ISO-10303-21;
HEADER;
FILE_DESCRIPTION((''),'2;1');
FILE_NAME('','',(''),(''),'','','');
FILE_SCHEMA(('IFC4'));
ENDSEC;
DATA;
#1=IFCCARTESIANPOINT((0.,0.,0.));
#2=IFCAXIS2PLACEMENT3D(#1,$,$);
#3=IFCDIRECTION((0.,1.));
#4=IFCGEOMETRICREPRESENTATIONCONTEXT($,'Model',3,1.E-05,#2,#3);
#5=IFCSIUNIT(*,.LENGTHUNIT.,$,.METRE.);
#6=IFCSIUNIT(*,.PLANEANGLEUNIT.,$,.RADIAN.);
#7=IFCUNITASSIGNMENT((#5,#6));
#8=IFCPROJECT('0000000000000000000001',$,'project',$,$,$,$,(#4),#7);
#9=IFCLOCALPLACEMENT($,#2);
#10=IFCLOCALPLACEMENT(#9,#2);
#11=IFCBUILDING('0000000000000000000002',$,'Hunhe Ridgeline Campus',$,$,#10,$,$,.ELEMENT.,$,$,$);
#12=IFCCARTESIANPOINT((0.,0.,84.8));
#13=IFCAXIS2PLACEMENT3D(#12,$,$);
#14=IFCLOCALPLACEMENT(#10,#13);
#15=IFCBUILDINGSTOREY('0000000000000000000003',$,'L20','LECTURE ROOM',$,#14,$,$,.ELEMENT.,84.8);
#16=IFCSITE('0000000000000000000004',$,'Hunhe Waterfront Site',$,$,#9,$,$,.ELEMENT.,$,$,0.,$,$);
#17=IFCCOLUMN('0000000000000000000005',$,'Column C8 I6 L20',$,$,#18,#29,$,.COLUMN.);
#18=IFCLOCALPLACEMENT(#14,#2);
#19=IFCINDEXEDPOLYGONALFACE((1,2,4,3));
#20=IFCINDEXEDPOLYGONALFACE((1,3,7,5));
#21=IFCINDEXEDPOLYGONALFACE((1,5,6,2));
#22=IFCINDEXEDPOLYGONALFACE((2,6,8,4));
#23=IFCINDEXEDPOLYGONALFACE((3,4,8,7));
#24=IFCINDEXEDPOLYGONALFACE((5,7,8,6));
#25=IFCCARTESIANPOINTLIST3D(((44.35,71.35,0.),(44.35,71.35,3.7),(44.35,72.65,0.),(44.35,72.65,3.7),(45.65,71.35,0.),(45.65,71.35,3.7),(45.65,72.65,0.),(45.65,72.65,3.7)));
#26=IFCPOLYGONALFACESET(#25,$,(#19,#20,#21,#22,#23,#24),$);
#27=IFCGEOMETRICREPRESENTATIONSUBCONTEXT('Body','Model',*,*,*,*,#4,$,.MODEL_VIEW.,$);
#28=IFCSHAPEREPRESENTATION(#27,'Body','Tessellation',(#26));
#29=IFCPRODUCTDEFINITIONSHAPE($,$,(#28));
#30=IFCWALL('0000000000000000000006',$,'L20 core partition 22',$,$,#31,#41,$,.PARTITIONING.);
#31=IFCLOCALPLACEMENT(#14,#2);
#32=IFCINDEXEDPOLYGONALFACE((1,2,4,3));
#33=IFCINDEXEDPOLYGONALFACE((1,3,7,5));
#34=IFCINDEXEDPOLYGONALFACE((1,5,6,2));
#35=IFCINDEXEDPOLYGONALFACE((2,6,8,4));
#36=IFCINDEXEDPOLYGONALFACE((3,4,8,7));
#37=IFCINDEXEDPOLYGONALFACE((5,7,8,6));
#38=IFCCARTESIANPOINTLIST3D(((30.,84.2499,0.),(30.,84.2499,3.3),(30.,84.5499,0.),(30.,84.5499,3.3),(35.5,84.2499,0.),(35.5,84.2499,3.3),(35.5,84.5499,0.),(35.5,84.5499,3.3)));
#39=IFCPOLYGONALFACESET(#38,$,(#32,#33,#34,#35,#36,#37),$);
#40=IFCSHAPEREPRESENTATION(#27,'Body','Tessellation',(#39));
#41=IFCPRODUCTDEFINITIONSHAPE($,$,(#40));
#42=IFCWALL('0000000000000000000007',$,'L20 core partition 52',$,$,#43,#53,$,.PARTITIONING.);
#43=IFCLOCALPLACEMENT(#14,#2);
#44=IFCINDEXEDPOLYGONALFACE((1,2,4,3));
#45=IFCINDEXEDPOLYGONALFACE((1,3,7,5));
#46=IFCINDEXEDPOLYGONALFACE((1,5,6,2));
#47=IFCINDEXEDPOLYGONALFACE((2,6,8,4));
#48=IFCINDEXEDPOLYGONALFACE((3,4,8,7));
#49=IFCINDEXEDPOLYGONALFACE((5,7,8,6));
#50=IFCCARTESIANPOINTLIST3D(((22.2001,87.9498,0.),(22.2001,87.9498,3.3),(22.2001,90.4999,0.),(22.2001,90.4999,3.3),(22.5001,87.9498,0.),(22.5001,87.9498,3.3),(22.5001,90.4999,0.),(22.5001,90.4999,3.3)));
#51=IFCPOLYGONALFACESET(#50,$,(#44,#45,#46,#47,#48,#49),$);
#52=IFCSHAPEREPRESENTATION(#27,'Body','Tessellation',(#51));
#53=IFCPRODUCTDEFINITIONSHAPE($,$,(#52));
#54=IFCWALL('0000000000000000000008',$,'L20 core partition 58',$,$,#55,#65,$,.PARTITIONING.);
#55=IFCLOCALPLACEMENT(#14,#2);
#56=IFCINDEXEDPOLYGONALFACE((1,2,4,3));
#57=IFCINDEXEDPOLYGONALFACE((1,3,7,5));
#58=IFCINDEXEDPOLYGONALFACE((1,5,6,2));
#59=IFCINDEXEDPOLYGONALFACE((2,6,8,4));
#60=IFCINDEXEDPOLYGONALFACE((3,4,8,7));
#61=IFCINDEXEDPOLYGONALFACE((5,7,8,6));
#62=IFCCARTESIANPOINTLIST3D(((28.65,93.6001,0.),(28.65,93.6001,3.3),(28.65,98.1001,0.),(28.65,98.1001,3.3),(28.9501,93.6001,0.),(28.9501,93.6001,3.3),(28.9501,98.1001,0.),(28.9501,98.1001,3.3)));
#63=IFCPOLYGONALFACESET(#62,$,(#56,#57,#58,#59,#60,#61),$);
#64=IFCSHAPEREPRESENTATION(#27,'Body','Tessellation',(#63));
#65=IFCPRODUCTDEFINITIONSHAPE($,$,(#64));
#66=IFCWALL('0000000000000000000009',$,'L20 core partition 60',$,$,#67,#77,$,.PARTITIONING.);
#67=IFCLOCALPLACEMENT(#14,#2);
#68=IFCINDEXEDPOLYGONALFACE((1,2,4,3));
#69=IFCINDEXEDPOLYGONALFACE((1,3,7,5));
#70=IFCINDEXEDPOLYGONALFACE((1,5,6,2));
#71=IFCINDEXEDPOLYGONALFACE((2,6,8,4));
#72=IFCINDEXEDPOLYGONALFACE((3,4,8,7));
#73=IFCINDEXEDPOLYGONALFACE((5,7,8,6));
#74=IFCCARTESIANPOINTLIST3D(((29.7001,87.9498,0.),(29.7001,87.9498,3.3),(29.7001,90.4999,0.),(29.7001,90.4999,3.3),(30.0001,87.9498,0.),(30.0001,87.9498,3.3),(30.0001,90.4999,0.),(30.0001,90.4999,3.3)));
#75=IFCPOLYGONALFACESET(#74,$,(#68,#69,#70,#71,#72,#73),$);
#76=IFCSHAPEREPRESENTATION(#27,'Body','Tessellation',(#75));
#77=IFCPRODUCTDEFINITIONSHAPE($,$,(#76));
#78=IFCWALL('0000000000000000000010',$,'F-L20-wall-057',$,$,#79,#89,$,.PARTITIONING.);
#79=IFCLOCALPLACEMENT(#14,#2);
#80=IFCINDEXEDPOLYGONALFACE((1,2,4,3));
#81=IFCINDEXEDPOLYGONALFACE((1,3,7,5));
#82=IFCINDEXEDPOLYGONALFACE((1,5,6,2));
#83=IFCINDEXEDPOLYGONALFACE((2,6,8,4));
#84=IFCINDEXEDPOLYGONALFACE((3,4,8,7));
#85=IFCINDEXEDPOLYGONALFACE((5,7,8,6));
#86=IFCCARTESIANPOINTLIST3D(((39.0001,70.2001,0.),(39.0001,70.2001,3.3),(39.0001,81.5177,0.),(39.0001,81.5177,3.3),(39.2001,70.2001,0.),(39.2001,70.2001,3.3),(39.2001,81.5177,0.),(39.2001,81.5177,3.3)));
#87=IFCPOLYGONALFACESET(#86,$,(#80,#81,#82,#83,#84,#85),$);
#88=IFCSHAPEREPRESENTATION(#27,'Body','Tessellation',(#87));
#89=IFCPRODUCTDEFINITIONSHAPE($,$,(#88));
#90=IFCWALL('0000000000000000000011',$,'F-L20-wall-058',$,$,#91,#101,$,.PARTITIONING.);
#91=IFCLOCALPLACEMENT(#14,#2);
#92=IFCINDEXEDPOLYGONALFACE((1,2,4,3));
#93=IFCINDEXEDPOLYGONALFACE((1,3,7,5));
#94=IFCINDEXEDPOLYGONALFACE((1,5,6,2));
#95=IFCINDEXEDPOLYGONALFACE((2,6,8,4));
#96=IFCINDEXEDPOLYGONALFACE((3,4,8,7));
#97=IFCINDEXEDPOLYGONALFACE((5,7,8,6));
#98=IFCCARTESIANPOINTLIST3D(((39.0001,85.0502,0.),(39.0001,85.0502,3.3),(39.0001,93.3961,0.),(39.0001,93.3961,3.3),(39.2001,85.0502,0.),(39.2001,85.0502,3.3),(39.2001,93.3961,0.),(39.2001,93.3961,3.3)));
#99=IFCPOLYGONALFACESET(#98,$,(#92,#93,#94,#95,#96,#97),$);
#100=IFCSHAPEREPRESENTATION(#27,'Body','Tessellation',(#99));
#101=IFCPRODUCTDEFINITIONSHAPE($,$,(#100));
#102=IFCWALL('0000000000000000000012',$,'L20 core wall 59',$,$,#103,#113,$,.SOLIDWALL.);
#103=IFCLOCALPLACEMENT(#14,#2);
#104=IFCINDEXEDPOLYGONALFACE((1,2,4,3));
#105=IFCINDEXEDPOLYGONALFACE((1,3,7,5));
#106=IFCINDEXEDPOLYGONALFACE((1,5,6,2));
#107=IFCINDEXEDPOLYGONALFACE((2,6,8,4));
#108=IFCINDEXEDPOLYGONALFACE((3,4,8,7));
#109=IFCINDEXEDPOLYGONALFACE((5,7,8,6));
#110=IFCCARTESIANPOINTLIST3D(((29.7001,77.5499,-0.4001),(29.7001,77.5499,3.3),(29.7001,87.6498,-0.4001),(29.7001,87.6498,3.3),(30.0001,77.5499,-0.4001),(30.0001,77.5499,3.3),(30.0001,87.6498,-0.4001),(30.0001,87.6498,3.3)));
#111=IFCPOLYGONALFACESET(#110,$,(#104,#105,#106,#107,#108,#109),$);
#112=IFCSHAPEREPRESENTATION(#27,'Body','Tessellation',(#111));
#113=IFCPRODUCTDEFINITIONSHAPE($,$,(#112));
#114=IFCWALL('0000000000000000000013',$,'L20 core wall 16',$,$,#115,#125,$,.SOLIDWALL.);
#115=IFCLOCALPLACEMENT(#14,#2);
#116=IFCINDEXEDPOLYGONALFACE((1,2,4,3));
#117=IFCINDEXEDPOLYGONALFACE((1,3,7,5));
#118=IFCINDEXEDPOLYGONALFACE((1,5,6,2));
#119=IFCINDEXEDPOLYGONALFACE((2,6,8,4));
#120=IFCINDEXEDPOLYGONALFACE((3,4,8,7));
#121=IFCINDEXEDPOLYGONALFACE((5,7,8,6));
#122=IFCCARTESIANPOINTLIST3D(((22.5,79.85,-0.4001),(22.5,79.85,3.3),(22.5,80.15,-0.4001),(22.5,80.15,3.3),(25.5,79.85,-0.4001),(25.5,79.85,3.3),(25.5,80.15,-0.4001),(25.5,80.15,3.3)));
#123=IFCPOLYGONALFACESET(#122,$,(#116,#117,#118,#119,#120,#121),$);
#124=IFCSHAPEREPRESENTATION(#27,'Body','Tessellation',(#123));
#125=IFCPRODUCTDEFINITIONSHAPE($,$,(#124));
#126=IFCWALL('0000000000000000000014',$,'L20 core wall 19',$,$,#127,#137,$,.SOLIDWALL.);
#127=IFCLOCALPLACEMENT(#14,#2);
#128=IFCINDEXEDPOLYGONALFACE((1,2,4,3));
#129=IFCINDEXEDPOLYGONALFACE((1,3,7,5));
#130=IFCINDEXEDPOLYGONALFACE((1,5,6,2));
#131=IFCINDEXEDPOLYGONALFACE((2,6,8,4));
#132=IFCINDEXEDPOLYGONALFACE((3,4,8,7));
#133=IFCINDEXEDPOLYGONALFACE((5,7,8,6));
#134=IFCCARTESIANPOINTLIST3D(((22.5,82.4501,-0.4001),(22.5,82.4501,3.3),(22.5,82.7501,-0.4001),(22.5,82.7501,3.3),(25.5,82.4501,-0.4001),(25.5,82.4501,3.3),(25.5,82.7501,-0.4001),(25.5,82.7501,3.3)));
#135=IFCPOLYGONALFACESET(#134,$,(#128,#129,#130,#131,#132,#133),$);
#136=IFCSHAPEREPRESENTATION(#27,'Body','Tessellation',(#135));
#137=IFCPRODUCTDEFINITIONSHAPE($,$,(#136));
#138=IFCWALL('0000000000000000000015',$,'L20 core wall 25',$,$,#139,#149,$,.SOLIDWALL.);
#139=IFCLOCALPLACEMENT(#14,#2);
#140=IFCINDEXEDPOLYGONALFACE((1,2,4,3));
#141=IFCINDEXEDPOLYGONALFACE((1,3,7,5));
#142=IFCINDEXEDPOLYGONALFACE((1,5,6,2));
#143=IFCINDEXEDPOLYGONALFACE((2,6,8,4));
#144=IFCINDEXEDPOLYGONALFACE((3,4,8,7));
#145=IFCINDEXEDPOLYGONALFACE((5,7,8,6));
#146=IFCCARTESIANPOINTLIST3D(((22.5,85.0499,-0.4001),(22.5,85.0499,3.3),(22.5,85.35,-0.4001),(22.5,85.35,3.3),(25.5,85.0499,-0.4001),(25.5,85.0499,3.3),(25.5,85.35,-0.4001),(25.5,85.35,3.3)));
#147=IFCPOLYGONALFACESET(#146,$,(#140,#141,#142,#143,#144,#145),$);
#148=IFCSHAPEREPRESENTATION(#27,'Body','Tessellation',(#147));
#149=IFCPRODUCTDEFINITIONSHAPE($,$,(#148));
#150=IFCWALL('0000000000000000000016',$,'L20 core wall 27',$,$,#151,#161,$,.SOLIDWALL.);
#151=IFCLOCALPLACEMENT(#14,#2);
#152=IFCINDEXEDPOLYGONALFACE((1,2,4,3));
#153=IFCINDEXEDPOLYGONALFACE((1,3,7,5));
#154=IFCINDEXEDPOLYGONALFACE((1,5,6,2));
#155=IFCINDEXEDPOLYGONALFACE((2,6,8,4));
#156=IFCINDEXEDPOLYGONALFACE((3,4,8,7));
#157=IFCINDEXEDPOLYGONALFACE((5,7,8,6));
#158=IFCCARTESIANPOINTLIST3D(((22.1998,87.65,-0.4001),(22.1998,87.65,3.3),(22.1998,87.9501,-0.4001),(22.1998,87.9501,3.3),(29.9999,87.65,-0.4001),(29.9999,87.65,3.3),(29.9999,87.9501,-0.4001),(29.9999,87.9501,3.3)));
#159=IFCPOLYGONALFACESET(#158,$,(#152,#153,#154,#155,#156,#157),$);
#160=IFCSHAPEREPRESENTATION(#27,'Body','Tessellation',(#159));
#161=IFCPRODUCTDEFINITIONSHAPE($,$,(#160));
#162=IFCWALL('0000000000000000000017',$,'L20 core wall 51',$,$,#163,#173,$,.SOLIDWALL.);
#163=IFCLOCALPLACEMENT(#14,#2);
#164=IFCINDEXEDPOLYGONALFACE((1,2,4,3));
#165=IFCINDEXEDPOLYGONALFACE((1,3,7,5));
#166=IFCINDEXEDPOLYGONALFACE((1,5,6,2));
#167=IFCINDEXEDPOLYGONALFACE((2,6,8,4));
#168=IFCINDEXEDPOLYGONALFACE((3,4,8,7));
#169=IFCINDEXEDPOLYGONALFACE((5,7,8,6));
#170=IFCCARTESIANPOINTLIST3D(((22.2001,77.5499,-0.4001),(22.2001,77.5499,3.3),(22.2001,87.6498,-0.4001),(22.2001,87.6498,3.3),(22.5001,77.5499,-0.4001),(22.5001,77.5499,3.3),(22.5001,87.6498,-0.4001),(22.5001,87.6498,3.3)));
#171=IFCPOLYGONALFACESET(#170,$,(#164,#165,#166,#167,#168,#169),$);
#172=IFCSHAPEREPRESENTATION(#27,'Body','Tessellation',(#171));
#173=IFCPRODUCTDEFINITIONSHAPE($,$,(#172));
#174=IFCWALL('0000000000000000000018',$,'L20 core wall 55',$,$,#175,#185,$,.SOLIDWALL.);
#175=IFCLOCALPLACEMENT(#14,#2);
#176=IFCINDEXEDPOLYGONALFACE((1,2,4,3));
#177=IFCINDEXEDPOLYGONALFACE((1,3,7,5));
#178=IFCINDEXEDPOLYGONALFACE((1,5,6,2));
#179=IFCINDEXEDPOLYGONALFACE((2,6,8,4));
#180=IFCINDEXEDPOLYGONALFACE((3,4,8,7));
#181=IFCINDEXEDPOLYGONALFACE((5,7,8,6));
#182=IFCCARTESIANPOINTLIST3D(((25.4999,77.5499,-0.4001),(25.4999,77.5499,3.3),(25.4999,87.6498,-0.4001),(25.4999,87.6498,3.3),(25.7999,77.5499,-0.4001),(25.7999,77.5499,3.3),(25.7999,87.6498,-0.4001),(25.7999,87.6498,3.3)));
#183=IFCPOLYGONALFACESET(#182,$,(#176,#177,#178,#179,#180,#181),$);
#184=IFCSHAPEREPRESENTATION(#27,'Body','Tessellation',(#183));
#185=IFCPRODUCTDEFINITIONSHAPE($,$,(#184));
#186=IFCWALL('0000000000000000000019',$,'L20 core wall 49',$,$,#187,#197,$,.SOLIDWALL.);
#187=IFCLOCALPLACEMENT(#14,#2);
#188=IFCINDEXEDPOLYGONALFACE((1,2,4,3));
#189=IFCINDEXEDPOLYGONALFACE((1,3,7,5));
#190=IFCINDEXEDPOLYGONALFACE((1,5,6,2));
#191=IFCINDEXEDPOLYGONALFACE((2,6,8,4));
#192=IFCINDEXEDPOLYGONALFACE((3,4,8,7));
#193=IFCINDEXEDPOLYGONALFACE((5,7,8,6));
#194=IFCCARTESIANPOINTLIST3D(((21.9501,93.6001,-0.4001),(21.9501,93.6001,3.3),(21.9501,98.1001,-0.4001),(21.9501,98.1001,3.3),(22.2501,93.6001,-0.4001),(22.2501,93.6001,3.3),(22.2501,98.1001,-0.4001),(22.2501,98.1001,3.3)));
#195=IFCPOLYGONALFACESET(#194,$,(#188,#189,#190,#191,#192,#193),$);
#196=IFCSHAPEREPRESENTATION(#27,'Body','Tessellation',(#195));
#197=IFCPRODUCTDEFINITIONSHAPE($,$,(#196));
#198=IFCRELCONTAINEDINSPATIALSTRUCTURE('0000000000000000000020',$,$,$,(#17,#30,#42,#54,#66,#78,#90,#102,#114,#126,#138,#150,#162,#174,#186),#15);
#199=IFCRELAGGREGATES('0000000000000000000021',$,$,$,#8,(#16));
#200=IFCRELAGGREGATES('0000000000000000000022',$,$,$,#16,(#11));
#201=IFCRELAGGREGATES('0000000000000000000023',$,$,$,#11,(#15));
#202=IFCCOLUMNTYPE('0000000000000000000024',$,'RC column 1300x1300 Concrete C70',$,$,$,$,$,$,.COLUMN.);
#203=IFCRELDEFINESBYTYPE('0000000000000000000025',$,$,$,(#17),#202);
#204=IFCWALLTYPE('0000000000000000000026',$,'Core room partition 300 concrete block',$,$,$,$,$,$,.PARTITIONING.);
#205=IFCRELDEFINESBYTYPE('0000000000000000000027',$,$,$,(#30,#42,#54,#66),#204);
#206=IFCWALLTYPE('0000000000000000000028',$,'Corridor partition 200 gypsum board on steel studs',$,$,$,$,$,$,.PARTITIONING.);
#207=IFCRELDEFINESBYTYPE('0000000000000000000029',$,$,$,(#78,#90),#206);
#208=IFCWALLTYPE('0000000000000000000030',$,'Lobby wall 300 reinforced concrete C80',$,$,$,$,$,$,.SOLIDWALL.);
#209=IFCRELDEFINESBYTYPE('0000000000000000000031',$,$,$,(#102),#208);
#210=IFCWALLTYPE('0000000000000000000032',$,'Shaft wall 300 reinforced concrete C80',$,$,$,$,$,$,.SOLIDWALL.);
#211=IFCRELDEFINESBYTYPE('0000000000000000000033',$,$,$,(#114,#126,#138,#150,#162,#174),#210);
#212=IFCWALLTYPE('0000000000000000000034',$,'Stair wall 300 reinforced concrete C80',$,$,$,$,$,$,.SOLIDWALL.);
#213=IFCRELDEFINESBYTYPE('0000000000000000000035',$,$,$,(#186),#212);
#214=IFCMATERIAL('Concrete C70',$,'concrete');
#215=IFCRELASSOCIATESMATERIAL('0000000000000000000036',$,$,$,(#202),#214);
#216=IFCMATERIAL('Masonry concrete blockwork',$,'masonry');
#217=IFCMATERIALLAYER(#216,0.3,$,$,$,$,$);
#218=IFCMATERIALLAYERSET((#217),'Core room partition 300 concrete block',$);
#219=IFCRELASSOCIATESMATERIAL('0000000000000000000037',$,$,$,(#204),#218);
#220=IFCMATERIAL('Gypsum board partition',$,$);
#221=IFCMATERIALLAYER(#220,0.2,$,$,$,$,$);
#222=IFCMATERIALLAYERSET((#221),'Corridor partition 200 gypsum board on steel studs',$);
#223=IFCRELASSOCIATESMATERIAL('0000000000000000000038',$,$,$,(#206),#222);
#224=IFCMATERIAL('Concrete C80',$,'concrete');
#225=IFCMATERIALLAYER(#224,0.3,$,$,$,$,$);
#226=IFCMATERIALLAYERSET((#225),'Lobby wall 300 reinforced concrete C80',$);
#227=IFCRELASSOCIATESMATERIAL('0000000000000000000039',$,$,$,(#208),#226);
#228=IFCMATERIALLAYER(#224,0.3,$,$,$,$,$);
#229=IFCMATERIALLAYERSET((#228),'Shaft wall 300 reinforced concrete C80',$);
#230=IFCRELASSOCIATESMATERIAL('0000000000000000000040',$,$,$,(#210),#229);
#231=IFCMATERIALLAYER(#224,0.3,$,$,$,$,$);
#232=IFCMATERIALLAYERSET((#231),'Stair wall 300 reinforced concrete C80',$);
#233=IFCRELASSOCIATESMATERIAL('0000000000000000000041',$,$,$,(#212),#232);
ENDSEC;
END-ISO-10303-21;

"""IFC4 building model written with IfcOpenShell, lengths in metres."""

from ifc_helpers import new_model, si_unit, direction, frame, frame_2d, origin, origin_2d, place, context, subcontext, project, spatial, rectangle, extrude, material, layer, layer_set, material_profile, profile_set, type_object, element, save


model = new_model("IFC4")

# Units and contexts
model_context = context("Model", 3, precision=1e-05, world=origin(), true_north=direction((0.0, 1.0)))
body_context = subcontext(model_context, "Body", "Model", "MODEL_VIEW")
ifc_project = project(units=[si_unit("LENGTHUNIT", "METRE"), si_unit("PLANEANGLEUNIT", "RADIAN")], contexts=[model_context])

# Site, building, storey
site_placement = place(None, origin())
site = spatial("IfcSite", under=ifc_project, at=site_placement, Name="Hunhe Waterfront Site", CompositionType="ELEMENT", RefElevation=0.0)
building_placement = place(site_placement, origin())
building = spatial("IfcBuilding", under=site, at=building_placement, Name="Hunhe Ridgeline Campus", CompositionType="ELEMENT")
storey_placement = place(building_placement, frame((0.0, 0.0, 84.8)))
storey = spatial("IfcBuildingStorey", under=building, at=storey_placement, Name="L20", Description="LECTURE ROOM", CompositionType="ELEMENT", Elevation=84.8)

# Column
ifc_material_1 = material(Name="Concrete C70", Category="concrete")
ifc_material_profile = material_profile(ifc_material_1, rectangle(XDim=1.3, YDim=1.3, at=origin_2d()))
ifc_profile_set = profile_set([ifc_material_profile], Name="Concrete C70")
column_type = type_object("IfcColumnType", Name="RC column 1300x1300 Concrete C70", PredefinedType="COLUMN", material=ifc_profile_set)
column_placement = place(storey_placement, frame((45.0, 72.0, 0.0), z_axis=(0.0, 0.0, 1.0), x_axis=(1.0, 0.0, 0.0)))
element("IfcColumn", 1, at=column_placement, inside=storey, type_object=column_type, Name="Column C8 I6 L20", PredefinedType="COLUMN", context=body_context, shape_type="SweptSolid", body=[
    extrude(rectangle(XDim=1.3, YDim=1.3, at=origin_2d()), origin(), (0.0, 0.0, 1.0), 3.7),
])

# Shared definitions
ifc_material_2 = material(Name="Masonry concrete blockwork", Category="masonry")
ifc_layer_1 = layer(ifc_material_2, 0.3)
ifc_layer_set_1 = layer_set([ifc_layer_1], Name="Core room partition 300 concrete block")
wall_type_1 = type_object("IfcWallType", Name="Core room partition 300 concrete block", PredefinedType="PARTITIONING", material=ifc_layer_set_1)

# Walls
wall_1_placement = place(storey_placement, frame((30.0, 84.3999, 0.0), z_axis=(0.0, 0.0, 1.0), x_axis=(1.0, 0.0, 0.0)))
element("IfcWall", 2, at=wall_1_placement, inside=storey, type_object=wall_type_1, Name="L20 core partition 22", PredefinedType="PARTITIONING", context=body_context, shape_type="SweptSolid", body=[
    extrude(rectangle(XDim=5.5, YDim=0.3, at=frame_2d((2.75, 0.0))), origin(), (0.0, 0.0, 1.0), 3.3),
])
wall_2_placement = place(storey_placement, frame((22.3501, 87.95, 0.0), z_axis=(0.0, 0.0, 1.0), x_axis=(0.0, 1.0, 0.0)))
element("IfcWall", 3, at=wall_2_placement, inside=storey, type_object=wall_type_1, Name="L20 core partition 52", PredefinedType="PARTITIONING", context=body_context, shape_type="SweptSolid", body=[
    extrude(rectangle(XDim=2.55, YDim=0.3, at=frame_2d((1.2749, 0.0))), origin(), (0.0, 0.0, 1.0), 3.3),
])
wall_3_placement = place(storey_placement, frame((28.8, 93.6001, 0.0), z_axis=(0.0, 0.0, 1.0), x_axis=(0.0, 1.0, 0.0)))
element("IfcWall", 4, at=wall_3_placement, inside=storey, type_object=wall_type_1, Name="L20 core partition 58", PredefinedType="PARTITIONING", context=body_context, shape_type="SweptSolid", body=[
    extrude(rectangle(XDim=4.5, YDim=0.3, at=frame_2d((2.25, 0.0))), origin(), (0.0, 0.0, 1.0), 3.3),
])
wall_4_placement = place(storey_placement, frame((29.8501, 87.95, 0.0), z_axis=(0.0, 0.0, 1.0), x_axis=(0.0, 1.0, 0.0)))
element("IfcWall", 5, at=wall_4_placement, inside=storey, type_object=wall_type_1, Name="L20 core partition 60", PredefinedType="PARTITIONING", context=body_context, shape_type="SweptSolid", body=[
    extrude(rectangle(XDim=2.55, YDim=0.3, at=frame_2d((1.2749, 0.0))), origin(), (0.0, 0.0, 1.0), 3.3),
])

# Shared definitions
ifc_material_3 = material(Name="Gypsum board partition")
ifc_layer_2 = layer(ifc_material_3, 0.2)
ifc_layer_set_2 = layer_set([ifc_layer_2], Name="Corridor partition 200 gypsum board on steel studs")
wall_type_2 = type_object("IfcWallType", Name="Corridor partition 200 gypsum board on steel studs", PredefinedType="PARTITIONING", material=ifc_layer_set_2)

# Walls
wall_5_placement = place(storey_placement, frame((39.1001, 81.5176, 0.0), z_axis=(0.0, 0.0, 1.0), x_axis=(0.0, -1.0, 0.0)))
element("IfcWall", 6, at=wall_5_placement, inside=storey, type_object=wall_type_2, Name="F-L20-wall-057", PredefinedType="PARTITIONING", context=body_context, shape_type="SweptSolid", body=[
    extrude(rectangle(XDim=11.3176, YDim=0.2, at=frame_2d((5.6587, 0.0))), origin(), (0.0, 0.0, 1.0), 3.3),
])
wall_6_placement = place(storey_placement, frame((39.1001, 93.396, 0.0), z_axis=(0.0, 0.0, 1.0), x_axis=(0.0, -1.0, 0.0)))
element("IfcWall", 7, at=wall_6_placement, inside=storey, type_object=wall_type_2, Name="F-L20-wall-058", PredefinedType="PARTITIONING", context=body_context, shape_type="SweptSolid", body=[
    extrude(rectangle(XDim=8.3459, YDim=0.2, at=frame_2d((4.1729, 0.0))), origin(), (0.0, 0.0, 1.0), 3.3),
])
ifc_material_4 = material(Name="Concrete C80", Category="concrete")
ifc_layer_3 = layer(ifc_material_4, 0.3)
ifc_layer_set_3 = layer_set([ifc_layer_3], Name="Lobby wall 300 reinforced concrete C80")
wall_type_3 = type_object("IfcWallType", Name="Lobby wall 300 reinforced concrete C80", PredefinedType="SOLIDWALL", material=ifc_layer_set_3)
wall_7_placement = place(storey_placement, frame((29.8501, 77.55, -0.4001), z_axis=(0.0, 0.0, 1.0), x_axis=(0.0, 1.0, 0.0)))
element("IfcWall", 8, at=wall_7_placement, inside=storey, type_object=wall_type_3, Name="L20 core wall 59", PredefinedType="SOLIDWALL", context=body_context, shape_type="SweptSolid", body=[
    extrude(rectangle(XDim=10.0999, YDim=0.3, at=frame_2d((5.0498, 0.0))), origin(), (0.0, 0.0, 1.0), 3.7002),
])
ifc_layer_4 = layer(ifc_material_4, 0.3)
ifc_layer_set_4 = layer_set([ifc_layer_4], Name="Shaft wall 300 reinforced concrete C80")
wall_type_4 = type_object("IfcWallType", Name="Shaft wall 300 reinforced concrete C80", PredefinedType="SOLIDWALL", material=ifc_layer_set_4)
for number, where, z_axis, x_axis, name in (
    (9, (22.5, 80.0, -0.4001), (0.0, 0.0, 1.0), (1.0, 0.0, 0.0), "L20 core wall 16"),
    (10, (22.5, 82.6001, -0.4001), (0.0, 0.0, 1.0), (1.0, 0.0, 0.0), "L20 core wall 19"),
    (11, (22.5, 85.2, -0.4001), (0.0, 0.0, 1.0), (1.0, 0.0, 0.0), "L20 core wall 25"),
):
    element("IfcWall", number, at=place(storey_placement, frame(where, z_axis=z_axis, x_axis=x_axis)), inside=storey, type_object=wall_type_4, Name=name, PredefinedType="SOLIDWALL", context=body_context, shape_type="SweptSolid", body=[
        extrude(rectangle(XDim=3.0, YDim=0.3, at=frame_2d((1.5, 0.0))), origin(), (0.0, 0.0, 1.0), 3.7002),
    ])
wall_8_placement = place(storey_placement, frame((22.2, 87.8, -0.4001), z_axis=(0.0, 0.0, 1.0), x_axis=(1.0, 0.0, 0.0)))
element("IfcWall", 12, at=wall_8_placement, inside=storey, type_object=wall_type_4, Name="L20 core wall 27", PredefinedType="SOLIDWALL", context=body_context, shape_type="SweptSolid", body=[
    extrude(rectangle(XDim=7.8, YDim=0.3, at=frame_2d((3.8999, 0.0))), origin(), (0.0, 0.0, 1.0), 3.7002),
])
for number, where, z_axis, x_axis, name in (
    (13, (22.3501, 77.55, -0.4001), (0.0, 0.0, 1.0), (0.0, 1.0, 0.0), "L20 core wall 51"),
    (14, (25.6499, 77.55, -0.4001), (0.0, 0.0, 1.0), (0.0, 1.0, 0.0), "L20 core wall 55"),
):
    element("IfcWall", number, at=place(storey_placement, frame(where, z_axis=z_axis, x_axis=x_axis)), inside=storey, type_object=wall_type_4, Name=name, PredefinedType="SOLIDWALL", context=body_context, shape_type="SweptSolid", body=[
        extrude(rectangle(XDim=10.0999, YDim=0.3, at=frame_2d((5.0498, 0.0))), origin(), (0.0, 0.0, 1.0), 3.7002),
    ])

# Shared definitions
ifc_layer_5 = layer(ifc_material_4, 0.3)
ifc_layer_set_5 = layer_set([ifc_layer_5], Name="Stair wall 300 reinforced concrete C80")
wall_type_5 = type_object("IfcWallType", Name="Stair wall 300 reinforced concrete C80", PredefinedType="SOLIDWALL", material=ifc_layer_set_5)

# Wall
wall_9_placement = place(storey_placement, frame((22.1001, 93.6001, -0.4001), z_axis=(0.0, 0.0, 1.0), x_axis=(0.0, 1.0, 0.0)))
element("IfcWall", 15, at=wall_9_placement, inside=storey, type_object=wall_type_5, Name="L20 core wall 49", PredefinedType="SOLIDWALL", context=body_context, shape_type="SweptSolid", body=[
    extrude(rectangle(XDim=4.5, YDim=0.3, at=frame_2d((2.25, 0.0))), origin(), (0.0, 0.0, 1.0), 3.7002),
])

save(model, "model.ifc")
